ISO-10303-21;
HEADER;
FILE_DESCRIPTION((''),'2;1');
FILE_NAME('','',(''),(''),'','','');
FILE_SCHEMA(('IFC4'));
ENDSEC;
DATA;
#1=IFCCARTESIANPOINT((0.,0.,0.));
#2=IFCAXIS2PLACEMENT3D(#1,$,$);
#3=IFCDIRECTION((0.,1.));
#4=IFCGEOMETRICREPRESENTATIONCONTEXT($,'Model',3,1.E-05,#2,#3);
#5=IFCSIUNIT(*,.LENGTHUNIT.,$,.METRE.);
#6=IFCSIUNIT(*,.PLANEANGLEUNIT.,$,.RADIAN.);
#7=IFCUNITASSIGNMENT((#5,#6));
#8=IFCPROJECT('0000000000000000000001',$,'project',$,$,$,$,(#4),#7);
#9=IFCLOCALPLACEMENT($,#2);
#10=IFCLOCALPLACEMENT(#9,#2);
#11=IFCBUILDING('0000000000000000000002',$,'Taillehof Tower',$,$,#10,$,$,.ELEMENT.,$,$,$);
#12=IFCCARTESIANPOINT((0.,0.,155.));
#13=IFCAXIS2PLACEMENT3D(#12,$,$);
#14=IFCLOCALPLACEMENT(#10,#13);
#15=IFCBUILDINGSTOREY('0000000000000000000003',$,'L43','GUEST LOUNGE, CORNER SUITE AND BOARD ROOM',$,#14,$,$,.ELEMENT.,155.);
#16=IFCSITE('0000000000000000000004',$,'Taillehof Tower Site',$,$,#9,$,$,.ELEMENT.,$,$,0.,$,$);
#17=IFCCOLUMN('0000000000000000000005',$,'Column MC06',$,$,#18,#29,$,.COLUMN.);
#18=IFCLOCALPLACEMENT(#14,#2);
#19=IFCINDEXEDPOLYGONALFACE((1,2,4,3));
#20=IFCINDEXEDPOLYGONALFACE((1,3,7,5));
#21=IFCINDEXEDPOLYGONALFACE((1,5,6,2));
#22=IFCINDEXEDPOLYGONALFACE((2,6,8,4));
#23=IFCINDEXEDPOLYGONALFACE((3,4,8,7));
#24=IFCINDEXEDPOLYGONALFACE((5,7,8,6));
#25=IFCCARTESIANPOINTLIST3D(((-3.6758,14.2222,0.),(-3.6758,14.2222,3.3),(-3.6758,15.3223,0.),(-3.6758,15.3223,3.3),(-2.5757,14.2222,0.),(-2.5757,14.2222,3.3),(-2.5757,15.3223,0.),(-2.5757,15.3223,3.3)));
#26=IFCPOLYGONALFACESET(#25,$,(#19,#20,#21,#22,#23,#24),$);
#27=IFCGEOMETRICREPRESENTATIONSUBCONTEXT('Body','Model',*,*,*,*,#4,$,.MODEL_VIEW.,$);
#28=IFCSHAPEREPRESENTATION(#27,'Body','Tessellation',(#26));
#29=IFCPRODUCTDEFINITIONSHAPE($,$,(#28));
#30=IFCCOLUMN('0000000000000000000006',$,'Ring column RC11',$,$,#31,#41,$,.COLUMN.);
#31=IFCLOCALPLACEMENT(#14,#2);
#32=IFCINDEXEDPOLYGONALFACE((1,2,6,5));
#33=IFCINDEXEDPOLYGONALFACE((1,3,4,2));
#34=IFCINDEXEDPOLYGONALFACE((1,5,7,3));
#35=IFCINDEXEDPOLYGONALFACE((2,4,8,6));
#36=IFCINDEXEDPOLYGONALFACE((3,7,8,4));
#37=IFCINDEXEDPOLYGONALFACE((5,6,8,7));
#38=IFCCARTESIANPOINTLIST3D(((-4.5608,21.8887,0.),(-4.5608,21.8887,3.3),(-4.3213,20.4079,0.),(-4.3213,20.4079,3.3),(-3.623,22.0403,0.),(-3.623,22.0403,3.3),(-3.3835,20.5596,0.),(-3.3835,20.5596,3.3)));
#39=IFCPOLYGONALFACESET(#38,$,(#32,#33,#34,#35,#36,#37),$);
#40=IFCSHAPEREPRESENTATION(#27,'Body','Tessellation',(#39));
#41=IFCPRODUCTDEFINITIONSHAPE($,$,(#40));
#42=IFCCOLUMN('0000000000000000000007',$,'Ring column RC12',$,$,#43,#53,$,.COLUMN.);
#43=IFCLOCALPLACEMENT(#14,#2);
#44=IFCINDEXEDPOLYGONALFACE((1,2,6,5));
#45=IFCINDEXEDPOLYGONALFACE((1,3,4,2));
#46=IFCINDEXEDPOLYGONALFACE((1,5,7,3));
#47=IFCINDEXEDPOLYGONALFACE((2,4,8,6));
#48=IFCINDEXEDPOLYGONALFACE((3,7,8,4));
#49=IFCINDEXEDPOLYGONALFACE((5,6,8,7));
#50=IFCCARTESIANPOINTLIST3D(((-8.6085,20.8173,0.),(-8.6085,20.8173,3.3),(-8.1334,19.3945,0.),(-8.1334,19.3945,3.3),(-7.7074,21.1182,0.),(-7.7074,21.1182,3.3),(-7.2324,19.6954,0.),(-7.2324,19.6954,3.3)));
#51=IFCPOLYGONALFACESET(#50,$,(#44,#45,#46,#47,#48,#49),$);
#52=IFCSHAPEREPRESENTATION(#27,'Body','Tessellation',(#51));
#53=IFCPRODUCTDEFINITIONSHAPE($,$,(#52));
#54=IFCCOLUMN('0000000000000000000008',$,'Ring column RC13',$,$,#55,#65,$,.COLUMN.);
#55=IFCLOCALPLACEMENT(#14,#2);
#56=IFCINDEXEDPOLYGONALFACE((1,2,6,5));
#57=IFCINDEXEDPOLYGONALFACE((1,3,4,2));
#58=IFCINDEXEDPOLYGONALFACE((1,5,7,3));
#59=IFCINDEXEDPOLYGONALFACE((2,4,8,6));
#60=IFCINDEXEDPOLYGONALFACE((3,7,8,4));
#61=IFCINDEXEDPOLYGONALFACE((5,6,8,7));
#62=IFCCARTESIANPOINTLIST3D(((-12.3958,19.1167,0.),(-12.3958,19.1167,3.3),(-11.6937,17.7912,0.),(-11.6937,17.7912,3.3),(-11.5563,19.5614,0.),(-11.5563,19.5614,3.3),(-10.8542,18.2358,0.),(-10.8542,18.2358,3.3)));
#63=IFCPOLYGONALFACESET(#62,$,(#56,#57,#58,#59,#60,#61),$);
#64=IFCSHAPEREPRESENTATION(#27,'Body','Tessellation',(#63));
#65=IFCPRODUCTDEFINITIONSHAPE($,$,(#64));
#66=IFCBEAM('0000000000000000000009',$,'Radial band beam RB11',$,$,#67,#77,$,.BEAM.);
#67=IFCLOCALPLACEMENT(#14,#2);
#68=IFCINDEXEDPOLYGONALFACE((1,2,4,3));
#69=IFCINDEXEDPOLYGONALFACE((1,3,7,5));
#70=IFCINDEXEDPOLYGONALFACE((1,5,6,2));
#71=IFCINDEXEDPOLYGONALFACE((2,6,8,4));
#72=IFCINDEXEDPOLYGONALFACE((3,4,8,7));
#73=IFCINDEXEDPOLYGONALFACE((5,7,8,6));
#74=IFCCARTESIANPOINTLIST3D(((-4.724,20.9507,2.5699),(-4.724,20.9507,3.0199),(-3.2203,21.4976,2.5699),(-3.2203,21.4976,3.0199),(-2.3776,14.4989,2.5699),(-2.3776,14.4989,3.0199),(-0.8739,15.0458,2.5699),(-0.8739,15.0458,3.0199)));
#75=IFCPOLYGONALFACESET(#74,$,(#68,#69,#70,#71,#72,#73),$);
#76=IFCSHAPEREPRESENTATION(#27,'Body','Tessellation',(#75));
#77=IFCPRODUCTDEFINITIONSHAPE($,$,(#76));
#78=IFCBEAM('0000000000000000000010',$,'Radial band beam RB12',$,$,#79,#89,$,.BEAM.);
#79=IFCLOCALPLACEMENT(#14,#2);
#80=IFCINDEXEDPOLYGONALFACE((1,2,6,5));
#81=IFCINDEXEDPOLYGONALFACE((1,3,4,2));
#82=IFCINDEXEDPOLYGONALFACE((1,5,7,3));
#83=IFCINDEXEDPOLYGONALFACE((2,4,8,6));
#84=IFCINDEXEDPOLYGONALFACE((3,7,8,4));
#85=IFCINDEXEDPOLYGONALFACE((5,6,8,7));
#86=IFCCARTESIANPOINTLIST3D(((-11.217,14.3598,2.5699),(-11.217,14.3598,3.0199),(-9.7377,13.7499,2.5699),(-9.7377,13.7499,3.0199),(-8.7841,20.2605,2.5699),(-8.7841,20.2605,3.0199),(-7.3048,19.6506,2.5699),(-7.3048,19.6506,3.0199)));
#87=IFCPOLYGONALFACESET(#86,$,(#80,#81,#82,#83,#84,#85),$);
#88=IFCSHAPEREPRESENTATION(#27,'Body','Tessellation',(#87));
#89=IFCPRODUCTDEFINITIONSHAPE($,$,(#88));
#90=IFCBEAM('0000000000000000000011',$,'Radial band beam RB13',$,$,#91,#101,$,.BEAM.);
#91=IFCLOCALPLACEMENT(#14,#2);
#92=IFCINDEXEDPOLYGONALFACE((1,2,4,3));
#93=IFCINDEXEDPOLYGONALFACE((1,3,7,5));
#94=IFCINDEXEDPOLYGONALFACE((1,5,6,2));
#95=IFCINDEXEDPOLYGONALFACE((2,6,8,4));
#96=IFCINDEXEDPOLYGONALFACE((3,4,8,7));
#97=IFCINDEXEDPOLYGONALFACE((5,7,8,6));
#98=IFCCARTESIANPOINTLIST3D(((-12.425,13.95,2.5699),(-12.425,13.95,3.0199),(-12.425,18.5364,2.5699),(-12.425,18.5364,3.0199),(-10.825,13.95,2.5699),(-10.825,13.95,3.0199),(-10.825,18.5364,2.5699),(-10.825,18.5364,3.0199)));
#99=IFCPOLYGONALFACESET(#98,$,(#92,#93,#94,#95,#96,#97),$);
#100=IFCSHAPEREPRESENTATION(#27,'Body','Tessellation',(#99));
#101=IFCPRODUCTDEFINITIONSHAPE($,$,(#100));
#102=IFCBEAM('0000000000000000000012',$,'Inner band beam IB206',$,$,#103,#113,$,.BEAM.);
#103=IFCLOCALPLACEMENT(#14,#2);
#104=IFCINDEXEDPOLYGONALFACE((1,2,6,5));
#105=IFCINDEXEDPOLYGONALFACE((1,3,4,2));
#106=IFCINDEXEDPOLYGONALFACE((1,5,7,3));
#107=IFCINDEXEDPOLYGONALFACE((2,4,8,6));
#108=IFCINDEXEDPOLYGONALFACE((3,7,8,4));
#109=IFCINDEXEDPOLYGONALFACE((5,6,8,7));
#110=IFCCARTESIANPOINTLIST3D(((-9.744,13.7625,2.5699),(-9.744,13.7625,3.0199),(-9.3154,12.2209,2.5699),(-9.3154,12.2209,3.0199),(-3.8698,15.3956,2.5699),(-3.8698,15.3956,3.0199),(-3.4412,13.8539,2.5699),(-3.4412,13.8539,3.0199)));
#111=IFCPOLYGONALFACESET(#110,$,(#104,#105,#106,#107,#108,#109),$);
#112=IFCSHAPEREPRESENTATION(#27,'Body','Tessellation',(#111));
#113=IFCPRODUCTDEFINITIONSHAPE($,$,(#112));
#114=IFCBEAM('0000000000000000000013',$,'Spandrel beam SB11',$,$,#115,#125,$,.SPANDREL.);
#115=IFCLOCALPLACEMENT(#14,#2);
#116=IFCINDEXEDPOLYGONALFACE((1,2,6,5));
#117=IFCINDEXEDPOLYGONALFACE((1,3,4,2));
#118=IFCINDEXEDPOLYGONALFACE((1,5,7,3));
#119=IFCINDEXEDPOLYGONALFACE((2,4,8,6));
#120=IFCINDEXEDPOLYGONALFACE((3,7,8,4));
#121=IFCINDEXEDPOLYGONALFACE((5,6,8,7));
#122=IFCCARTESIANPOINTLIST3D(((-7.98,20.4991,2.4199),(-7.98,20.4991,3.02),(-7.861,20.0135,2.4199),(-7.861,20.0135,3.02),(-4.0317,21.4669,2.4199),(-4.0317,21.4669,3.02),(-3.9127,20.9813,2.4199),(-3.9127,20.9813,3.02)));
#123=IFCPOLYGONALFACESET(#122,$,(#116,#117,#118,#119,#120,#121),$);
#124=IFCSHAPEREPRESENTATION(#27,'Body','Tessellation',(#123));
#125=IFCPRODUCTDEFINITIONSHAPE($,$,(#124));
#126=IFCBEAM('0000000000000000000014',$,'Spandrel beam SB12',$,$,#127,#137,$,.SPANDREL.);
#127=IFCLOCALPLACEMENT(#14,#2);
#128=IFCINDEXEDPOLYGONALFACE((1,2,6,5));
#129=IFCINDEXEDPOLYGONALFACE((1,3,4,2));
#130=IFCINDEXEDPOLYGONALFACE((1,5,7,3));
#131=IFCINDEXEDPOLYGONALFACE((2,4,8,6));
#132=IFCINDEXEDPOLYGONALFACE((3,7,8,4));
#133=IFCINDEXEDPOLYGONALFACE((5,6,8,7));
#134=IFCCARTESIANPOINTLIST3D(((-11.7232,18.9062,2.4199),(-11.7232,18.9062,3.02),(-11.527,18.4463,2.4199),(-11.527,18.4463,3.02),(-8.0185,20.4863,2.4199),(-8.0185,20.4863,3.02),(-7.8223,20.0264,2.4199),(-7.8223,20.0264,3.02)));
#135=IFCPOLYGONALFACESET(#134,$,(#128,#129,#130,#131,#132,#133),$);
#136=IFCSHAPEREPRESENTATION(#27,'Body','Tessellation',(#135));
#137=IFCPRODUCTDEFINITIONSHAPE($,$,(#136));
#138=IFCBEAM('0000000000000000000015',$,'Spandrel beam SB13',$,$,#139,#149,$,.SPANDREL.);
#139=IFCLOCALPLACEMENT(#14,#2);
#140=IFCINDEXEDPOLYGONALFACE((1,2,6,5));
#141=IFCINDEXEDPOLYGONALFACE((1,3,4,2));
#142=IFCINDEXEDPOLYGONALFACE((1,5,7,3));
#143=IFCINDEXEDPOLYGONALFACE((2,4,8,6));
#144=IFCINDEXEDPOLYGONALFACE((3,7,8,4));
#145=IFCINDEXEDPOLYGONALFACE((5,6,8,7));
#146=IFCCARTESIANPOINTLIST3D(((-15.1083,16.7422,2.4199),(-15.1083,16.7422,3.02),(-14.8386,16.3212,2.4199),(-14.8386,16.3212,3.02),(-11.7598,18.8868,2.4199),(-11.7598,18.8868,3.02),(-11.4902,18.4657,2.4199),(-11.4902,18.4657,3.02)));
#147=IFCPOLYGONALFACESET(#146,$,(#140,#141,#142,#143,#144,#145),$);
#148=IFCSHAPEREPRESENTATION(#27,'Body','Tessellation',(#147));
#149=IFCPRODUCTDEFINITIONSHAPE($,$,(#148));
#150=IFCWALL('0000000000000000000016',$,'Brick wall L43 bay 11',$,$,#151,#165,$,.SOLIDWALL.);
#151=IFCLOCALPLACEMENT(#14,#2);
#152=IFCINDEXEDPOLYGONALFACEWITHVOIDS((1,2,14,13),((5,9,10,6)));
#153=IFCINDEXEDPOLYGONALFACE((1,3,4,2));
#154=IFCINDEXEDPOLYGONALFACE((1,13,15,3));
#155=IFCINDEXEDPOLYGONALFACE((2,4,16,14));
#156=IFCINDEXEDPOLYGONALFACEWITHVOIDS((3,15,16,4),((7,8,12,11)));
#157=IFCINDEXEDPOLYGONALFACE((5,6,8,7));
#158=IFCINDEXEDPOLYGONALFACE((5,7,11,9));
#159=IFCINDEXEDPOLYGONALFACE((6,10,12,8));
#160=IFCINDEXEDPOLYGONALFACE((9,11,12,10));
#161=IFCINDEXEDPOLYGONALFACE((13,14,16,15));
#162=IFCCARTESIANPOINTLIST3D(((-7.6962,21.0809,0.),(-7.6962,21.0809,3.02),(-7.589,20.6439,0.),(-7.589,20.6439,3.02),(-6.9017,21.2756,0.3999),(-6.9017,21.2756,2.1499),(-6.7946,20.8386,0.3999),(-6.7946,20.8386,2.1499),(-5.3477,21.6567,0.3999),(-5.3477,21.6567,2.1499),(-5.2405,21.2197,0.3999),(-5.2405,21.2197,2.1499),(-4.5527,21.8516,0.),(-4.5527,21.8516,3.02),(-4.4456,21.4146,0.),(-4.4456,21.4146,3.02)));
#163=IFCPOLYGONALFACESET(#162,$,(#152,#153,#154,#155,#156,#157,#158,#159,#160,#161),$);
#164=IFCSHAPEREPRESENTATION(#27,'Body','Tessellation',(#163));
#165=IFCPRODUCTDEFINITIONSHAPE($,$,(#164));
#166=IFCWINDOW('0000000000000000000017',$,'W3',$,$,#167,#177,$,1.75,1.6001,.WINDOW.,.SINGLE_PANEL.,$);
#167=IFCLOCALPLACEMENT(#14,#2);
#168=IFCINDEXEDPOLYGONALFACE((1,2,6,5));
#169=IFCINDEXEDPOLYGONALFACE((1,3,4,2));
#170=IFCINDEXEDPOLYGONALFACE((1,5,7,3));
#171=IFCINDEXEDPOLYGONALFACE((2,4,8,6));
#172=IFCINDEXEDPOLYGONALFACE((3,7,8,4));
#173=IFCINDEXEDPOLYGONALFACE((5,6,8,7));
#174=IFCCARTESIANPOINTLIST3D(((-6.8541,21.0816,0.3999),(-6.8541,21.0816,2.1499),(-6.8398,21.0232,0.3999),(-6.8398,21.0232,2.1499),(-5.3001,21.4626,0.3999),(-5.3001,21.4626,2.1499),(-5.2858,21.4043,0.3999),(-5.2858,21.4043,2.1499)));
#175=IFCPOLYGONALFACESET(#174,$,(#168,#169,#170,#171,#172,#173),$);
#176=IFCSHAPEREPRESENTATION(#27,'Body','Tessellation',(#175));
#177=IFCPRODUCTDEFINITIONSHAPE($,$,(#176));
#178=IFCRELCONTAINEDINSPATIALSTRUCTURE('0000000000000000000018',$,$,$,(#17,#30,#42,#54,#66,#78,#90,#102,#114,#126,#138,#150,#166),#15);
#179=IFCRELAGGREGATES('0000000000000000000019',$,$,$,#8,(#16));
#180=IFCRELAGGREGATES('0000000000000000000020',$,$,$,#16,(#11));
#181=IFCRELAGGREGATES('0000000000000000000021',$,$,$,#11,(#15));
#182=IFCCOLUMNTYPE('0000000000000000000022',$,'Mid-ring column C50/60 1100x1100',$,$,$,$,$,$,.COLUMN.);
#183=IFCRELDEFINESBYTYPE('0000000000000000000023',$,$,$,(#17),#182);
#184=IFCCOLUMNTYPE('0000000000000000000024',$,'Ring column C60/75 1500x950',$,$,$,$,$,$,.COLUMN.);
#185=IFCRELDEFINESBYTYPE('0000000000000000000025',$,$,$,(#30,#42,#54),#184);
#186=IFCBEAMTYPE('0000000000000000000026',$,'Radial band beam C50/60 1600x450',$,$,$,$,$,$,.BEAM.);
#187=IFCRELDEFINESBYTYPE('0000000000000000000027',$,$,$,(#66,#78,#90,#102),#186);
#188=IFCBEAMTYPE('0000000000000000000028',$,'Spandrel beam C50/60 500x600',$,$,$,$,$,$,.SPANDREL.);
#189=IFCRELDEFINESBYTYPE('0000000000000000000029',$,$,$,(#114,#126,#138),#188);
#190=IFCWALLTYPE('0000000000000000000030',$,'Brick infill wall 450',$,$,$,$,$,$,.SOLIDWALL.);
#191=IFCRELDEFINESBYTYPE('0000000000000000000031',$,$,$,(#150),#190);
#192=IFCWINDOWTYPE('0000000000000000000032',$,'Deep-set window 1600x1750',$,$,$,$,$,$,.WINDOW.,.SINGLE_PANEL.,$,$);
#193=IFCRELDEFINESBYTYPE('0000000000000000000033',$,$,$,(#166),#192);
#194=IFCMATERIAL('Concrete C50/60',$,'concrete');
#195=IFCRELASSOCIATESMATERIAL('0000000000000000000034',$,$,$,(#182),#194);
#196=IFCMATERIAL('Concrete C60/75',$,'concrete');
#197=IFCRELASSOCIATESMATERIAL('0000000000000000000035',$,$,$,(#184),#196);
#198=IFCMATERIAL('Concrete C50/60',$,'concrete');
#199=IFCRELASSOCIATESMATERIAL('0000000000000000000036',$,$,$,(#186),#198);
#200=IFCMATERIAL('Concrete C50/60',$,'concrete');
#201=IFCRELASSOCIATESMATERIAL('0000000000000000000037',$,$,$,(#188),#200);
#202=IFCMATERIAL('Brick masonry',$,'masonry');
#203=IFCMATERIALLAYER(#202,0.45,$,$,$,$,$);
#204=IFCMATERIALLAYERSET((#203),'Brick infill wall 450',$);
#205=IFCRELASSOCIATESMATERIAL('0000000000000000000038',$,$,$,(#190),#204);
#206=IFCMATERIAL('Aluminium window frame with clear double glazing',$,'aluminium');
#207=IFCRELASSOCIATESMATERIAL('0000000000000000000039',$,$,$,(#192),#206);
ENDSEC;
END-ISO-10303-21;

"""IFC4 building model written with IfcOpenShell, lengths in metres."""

from ifc_helpers import new_model, si_unit, direction, frame, frame_2d, origin, origin_2d, place, context, subcontext, project, spatial, rectangle, extrude, material, layer, layer_set, material_profile, profile_set, type_object, element, fill, save


model = new_model("IFC4")

# Units and contexts
model_context = context("Model", 3, precision=1e-05, world=origin(), true_north=direction((0.0, 1.0)))
body_context = subcontext(model_context, "Body", "Model", "MODEL_VIEW")
ifc_project = project(units=[si_unit("LENGTHUNIT", "METRE"), si_unit("PLANEANGLEUNIT", "RADIAN")], contexts=[model_context])

# Site, building, storey
site_placement = place(None, origin())
site = spatial("IfcSite", under=ifc_project, at=site_placement, Name="Taillehof Tower Site", CompositionType="ELEMENT", RefElevation=0.0)
building_placement = place(site_placement, origin())
building = spatial("IfcBuilding", under=site, at=building_placement, Name="Taillehof Tower", CompositionType="ELEMENT")
storey_placement = place(building_placement, frame((0.0, 0.0, 155.0)))
storey = spatial("IfcBuildingStorey", under=building, at=storey_placement, Name="L43", Description="GUEST LOUNGE, CORNER SUITE AND BOARD ROOM", CompositionType="ELEMENT", Elevation=155.0)

# Columns
ifc_material_1 = material(Name="Concrete C50/60", Category="concrete")
ifc_material_profile_1 = material_profile(ifc_material_1, rectangle(XDim=1.1001, YDim=1.1001, at=origin_2d()), Name="RC 1100x1100")
ifc_profile_set_1 = profile_set([ifc_material_profile_1], Name="Concrete C50/60")
column_type_1 = type_object("IfcColumnType", Name="Mid-ring column C50/60 1100x1100", PredefinedType="COLUMN", material=ifc_profile_set_1)
column_placement = place(storey_placement, frame((-3.1257, 14.7722, 0.0), z_axis=(0.0, 0.0, 1.0), x_axis=(1.0, 0.0, 0.0)))
element("IfcColumn", 1, at=column_placement, inside=storey, type_object=column_type_1, Name="Column MC06", PredefinedType="COLUMN", context=body_context, shape_type="SweptSolid", body=[
    extrude(rectangle(XDim=1.1001, YDim=1.1001, at=origin_2d()), origin(), (0.0, 0.0, 1.0), 3.3),
])
ifc_material_2 = material(Name="Concrete C60/75", Category="concrete")
ifc_material_profile_2 = material_profile(ifc_material_2, rectangle(XDim=1.5, YDim=0.95, at=origin_2d()), Name="RC 1500x950")
ifc_profile_set_2 = profile_set([ifc_material_profile_2], Name="Concrete C60/75")
column_type_2 = type_object("IfcColumnType", Name="Ring column C60/75 1500x950", PredefinedType="COLUMN", material=ifc_profile_set_2)
for number, where, z_axis, x_axis, name in (
    (2, (-3.9722, 21.2241, 0.0), (0.0, 0.0, 1.0), (-0.159679, 0.987169, 0.0), "Ring column RC11"),
    (3, (-7.9204, 20.2563, 0.0), (0.0, 0.0, 1.0), (-0.316703, 0.948525, 0.0), "Ring column RC12"),
    (4, (-11.625, 18.6763, 0.0), (0.0, 0.0, 1.0), (-0.468042, 0.883706, 0.0), "Ring column RC13"),
):
    element("IfcColumn", number, at=place(storey_placement, frame(where, z_axis=z_axis, x_axis=x_axis)), inside=storey, type_object=column_type_2, Name=name, PredefinedType="COLUMN", context=body_context, shape_type="SweptSolid", body=[
        extrude(rectangle(XDim=1.5, YDim=0.95, at=origin_2d()), origin(), (0.0, 0.0, 1.0), 3.3),
    ])

# Beams
ifc_material_3 = material(Name="Concrete C50/60", Category="concrete")
ifc_material_profile_3 = material_profile(ifc_material_3, rectangle(XDim=1.6001, YDim=0.45, at=origin_2d()), Name="RC 1600x450")
ifc_profile_set_3 = profile_set([ifc_material_profile_3], Name="Concrete C50/60")
beam_type_1 = type_object("IfcBeamType", Name="Radial band beam C50/60 1600x450", PredefinedType="BEAM", material=ifc_profile_set_3)
beam_1_placement = place(storey_placement, frame((-3.9722, 21.2241, 2.7949), z_axis=(0.34178, -0.93978, 0.0), x_axis=(0.93978, 0.34178, 0.0)))
element("IfcBeam", 5, at=beam_1_placement, inside=storey, type_object=beam_type_1, Name="Radial band beam RB11", PredefinedType="BEAM", context=body_context, shape_type="SweptSolid", body=[
    extrude(rectangle(XDim=1.6001, YDim=0.45, at=origin_2d()), origin(), (0.0, 0.0, 1.0), 6.8652),
])
beam_2_placement = place(storey_placement, frame((-8.0444, 19.9556, 2.7949), z_axis=(-0.381177, -0.924502, 0.0), x_axis=(0.924502, -0.381177, 0.0)))
element("IfcBeam", 6, at=beam_2_placement, inside=storey, type_object=beam_type_1, Name="Radial band beam RB12", PredefinedType="BEAM", context=body_context, shape_type="SweptSolid", body=[
    extrude(rectangle(XDim=1.6001, YDim=0.45, at=origin_2d()), origin(), (0.0, 0.0, 1.0), 6.3826),
])
beam_3_placement = place(storey_placement, frame((-11.625, 18.5364, 2.7949), z_axis=(0.0, -1.0, 0.0), x_axis=(1.0, 0.0, 0.0)))
element("IfcBeam", 7, at=beam_3_placement, inside=storey, type_object=beam_type_1, Name="Radial band beam RB13", PredefinedType="BEAM", context=body_context, shape_type="SweptSolid", body=[
    extrude(rectangle(XDim=1.6001, YDim=0.45, at=origin_2d()), origin(), (0.0, 0.0, 1.0), 4.5864),
])
beam_4_placement = place(storey_placement, frame((-3.6555, 14.6248, 2.7949), z_axis=(-0.963459, -0.267855, 0.0), x_axis=(0.267855, -0.963459, 0.0)))
element("IfcBeam", 8, at=beam_4_placement, inside=storey, type_object=beam_type_1, Name="Inner band beam IB206", PredefinedType="BEAM", context=body_context, shape_type="SweptSolid", body=[
    extrude(rectangle(XDim=1.6001, YDim=0.45, at=origin_2d()), origin(), (0.0, 0.0, 1.0), 6.0969),
])
ifc_material_4 = material(Name="Concrete C50/60", Category="concrete")
ifc_material_profile_4 = material_profile(ifc_material_4, rectangle(XDim=0.5, YDim=0.6001, at=origin_2d()), Name="RC 500x600")
ifc_profile_set_4 = profile_set([ifc_material_profile_4], Name="Concrete C50/60")
beam_type_2 = type_object("IfcBeamType", Name="Spandrel beam C50/60 500x600", PredefinedType="SPANDREL", material=ifc_profile_set_4)
beam_5_placement = place(storey_placement, frame((-3.9722, 21.2241, 2.72), z_axis=(-0.971249, -0.238068, 0.0), x_axis=(0.238068, -0.971249, 0.0)))
element("IfcBeam", 9, at=beam_5_placement, inside=storey, type_object=beam_type_2, Name="Spandrel beam SB11", PredefinedType="SPANDREL", context=body_context, shape_type="SweptSolid", body=[
    extrude(rectangle(XDim=0.5, YDim=0.6001, at=origin_2d()), origin(), (0.0, 0.0, 1.0), 4.0652),
])
beam_6_placement = place(storey_placement, frame((-7.9204, 20.2563, 2.72), z_axis=(-0.919827, -0.392324, 0.0), x_axis=(0.392324, -0.919827, 0.0)))
element("IfcBeam", 10, at=beam_6_placement, inside=storey, type_object=beam_type_2, Name="Spandrel beam SB12", PredefinedType="SPANDREL", context=body_context, shape_type="SweptSolid", body=[
    extrude(rectangle(XDim=0.5, YDim=0.6001, at=origin_2d()), origin(), (0.0, 0.0, 1.0), 4.0276),
])
beam_7_placement = place(storey_placement, frame((-11.625, 18.6763, 2.72), z_axis=(-0.842093, -0.539332, 0.0), x_axis=(0.539332, -0.842093, 0.0)))
element("IfcBeam", 11, at=beam_7_placement, inside=storey, type_object=beam_type_2, Name="Spandrel beam SB13", PredefinedType="SPANDREL", context=body_context, shape_type="SweptSolid", body=[
    extrude(rectangle(XDim=0.5, YDim=0.6001, at=origin_2d()), origin(), (0.0, 0.0, 1.0), 3.9763),
])

# Wall, opening, window
ifc_material_5 = material(Name="Brick masonry", Category="masonry")
ifc_layer_1 = layer(ifc_material_5, 0.45)
ifc_layer_set_1 = layer_set([ifc_layer_1], Name="Brick infill wall 450")
wall_type_1 = type_object("IfcWallType", Name="Brick infill wall 450", PredefinedType="SOLIDWALL", material=ifc_layer_set_1)
wall_1_placement = place(storey_placement, frame((-4.4993, 21.6331, 0.0), z_axis=(0.0, 0.0, 1.0), x_axis=(-0.971233, -0.238132, 0.0)))
wall_1 = element("IfcWall", 12, at=wall_1_placement, inside=storey, type_object=wall_type_1, Name="Brick wall L43 bay 11", PredefinedType="SOLIDWALL", context=body_context, shape_type="SweptSolid", body=[
    extrude(rectangle(XDim=3.2366, YDim=0.45, at=frame_2d((1.6182, 0.0))), origin(), (0.0, 0.0, 1.0), 3.02),
])
opening_1_placement = place(wall_1_placement, frame((0.8184, 0.0, 0.3999)))
opening_1 = element("IfcOpeningElement", 13, at=opening_1_placement, cuts=wall_1, PredefinedType="OPENING", context=body_context, shape_type="SweptSolid", body=[
    extrude(rectangle(XDim=1.6001, YDim=1.75, at=frame_2d((0.8, 0.875))), frame((0.0, 0.2349, 0.0), z_axis=(0.0, -1.0, 0.0), x_axis=(1.0, 0.0, 0.0)), (0.0, 0.0, 1.0), 0.47),
])
ifc_material_6 = material(Name="Aluminium window frame with clear double glazing", Category="aluminium")
window_type = type_object("IfcWindowType", Name="Deep-set window 1600x1750", PartitioningType="SINGLE_PANEL", PredefinedType="WINDOW", material=ifc_material_6)
window_1_placement = place(opening_1_placement, origin())
window_1 = element("IfcWindow", 14, at=window_1_placement, inside=storey, type_object=window_type, Name="W3", OverallHeight=1.75, OverallWidth=1.6001, PartitioningType="SINGLE_PANEL", PredefinedType="WINDOW", context=body_context, shape_type="SweptSolid", body=[
    extrude(rectangle(XDim=1.6001, YDim=1.75, at=frame_2d((0.8, 0.875))), frame((0.0, 0.0349, 0.0), z_axis=(0.0, -1.0, 0.0), x_axis=(1.0, 0.0, 0.0)), (0.0, 0.0, 1.0), 0.0601),
])
fill(opening_1, window_1)

save(model, "model.ifc")
